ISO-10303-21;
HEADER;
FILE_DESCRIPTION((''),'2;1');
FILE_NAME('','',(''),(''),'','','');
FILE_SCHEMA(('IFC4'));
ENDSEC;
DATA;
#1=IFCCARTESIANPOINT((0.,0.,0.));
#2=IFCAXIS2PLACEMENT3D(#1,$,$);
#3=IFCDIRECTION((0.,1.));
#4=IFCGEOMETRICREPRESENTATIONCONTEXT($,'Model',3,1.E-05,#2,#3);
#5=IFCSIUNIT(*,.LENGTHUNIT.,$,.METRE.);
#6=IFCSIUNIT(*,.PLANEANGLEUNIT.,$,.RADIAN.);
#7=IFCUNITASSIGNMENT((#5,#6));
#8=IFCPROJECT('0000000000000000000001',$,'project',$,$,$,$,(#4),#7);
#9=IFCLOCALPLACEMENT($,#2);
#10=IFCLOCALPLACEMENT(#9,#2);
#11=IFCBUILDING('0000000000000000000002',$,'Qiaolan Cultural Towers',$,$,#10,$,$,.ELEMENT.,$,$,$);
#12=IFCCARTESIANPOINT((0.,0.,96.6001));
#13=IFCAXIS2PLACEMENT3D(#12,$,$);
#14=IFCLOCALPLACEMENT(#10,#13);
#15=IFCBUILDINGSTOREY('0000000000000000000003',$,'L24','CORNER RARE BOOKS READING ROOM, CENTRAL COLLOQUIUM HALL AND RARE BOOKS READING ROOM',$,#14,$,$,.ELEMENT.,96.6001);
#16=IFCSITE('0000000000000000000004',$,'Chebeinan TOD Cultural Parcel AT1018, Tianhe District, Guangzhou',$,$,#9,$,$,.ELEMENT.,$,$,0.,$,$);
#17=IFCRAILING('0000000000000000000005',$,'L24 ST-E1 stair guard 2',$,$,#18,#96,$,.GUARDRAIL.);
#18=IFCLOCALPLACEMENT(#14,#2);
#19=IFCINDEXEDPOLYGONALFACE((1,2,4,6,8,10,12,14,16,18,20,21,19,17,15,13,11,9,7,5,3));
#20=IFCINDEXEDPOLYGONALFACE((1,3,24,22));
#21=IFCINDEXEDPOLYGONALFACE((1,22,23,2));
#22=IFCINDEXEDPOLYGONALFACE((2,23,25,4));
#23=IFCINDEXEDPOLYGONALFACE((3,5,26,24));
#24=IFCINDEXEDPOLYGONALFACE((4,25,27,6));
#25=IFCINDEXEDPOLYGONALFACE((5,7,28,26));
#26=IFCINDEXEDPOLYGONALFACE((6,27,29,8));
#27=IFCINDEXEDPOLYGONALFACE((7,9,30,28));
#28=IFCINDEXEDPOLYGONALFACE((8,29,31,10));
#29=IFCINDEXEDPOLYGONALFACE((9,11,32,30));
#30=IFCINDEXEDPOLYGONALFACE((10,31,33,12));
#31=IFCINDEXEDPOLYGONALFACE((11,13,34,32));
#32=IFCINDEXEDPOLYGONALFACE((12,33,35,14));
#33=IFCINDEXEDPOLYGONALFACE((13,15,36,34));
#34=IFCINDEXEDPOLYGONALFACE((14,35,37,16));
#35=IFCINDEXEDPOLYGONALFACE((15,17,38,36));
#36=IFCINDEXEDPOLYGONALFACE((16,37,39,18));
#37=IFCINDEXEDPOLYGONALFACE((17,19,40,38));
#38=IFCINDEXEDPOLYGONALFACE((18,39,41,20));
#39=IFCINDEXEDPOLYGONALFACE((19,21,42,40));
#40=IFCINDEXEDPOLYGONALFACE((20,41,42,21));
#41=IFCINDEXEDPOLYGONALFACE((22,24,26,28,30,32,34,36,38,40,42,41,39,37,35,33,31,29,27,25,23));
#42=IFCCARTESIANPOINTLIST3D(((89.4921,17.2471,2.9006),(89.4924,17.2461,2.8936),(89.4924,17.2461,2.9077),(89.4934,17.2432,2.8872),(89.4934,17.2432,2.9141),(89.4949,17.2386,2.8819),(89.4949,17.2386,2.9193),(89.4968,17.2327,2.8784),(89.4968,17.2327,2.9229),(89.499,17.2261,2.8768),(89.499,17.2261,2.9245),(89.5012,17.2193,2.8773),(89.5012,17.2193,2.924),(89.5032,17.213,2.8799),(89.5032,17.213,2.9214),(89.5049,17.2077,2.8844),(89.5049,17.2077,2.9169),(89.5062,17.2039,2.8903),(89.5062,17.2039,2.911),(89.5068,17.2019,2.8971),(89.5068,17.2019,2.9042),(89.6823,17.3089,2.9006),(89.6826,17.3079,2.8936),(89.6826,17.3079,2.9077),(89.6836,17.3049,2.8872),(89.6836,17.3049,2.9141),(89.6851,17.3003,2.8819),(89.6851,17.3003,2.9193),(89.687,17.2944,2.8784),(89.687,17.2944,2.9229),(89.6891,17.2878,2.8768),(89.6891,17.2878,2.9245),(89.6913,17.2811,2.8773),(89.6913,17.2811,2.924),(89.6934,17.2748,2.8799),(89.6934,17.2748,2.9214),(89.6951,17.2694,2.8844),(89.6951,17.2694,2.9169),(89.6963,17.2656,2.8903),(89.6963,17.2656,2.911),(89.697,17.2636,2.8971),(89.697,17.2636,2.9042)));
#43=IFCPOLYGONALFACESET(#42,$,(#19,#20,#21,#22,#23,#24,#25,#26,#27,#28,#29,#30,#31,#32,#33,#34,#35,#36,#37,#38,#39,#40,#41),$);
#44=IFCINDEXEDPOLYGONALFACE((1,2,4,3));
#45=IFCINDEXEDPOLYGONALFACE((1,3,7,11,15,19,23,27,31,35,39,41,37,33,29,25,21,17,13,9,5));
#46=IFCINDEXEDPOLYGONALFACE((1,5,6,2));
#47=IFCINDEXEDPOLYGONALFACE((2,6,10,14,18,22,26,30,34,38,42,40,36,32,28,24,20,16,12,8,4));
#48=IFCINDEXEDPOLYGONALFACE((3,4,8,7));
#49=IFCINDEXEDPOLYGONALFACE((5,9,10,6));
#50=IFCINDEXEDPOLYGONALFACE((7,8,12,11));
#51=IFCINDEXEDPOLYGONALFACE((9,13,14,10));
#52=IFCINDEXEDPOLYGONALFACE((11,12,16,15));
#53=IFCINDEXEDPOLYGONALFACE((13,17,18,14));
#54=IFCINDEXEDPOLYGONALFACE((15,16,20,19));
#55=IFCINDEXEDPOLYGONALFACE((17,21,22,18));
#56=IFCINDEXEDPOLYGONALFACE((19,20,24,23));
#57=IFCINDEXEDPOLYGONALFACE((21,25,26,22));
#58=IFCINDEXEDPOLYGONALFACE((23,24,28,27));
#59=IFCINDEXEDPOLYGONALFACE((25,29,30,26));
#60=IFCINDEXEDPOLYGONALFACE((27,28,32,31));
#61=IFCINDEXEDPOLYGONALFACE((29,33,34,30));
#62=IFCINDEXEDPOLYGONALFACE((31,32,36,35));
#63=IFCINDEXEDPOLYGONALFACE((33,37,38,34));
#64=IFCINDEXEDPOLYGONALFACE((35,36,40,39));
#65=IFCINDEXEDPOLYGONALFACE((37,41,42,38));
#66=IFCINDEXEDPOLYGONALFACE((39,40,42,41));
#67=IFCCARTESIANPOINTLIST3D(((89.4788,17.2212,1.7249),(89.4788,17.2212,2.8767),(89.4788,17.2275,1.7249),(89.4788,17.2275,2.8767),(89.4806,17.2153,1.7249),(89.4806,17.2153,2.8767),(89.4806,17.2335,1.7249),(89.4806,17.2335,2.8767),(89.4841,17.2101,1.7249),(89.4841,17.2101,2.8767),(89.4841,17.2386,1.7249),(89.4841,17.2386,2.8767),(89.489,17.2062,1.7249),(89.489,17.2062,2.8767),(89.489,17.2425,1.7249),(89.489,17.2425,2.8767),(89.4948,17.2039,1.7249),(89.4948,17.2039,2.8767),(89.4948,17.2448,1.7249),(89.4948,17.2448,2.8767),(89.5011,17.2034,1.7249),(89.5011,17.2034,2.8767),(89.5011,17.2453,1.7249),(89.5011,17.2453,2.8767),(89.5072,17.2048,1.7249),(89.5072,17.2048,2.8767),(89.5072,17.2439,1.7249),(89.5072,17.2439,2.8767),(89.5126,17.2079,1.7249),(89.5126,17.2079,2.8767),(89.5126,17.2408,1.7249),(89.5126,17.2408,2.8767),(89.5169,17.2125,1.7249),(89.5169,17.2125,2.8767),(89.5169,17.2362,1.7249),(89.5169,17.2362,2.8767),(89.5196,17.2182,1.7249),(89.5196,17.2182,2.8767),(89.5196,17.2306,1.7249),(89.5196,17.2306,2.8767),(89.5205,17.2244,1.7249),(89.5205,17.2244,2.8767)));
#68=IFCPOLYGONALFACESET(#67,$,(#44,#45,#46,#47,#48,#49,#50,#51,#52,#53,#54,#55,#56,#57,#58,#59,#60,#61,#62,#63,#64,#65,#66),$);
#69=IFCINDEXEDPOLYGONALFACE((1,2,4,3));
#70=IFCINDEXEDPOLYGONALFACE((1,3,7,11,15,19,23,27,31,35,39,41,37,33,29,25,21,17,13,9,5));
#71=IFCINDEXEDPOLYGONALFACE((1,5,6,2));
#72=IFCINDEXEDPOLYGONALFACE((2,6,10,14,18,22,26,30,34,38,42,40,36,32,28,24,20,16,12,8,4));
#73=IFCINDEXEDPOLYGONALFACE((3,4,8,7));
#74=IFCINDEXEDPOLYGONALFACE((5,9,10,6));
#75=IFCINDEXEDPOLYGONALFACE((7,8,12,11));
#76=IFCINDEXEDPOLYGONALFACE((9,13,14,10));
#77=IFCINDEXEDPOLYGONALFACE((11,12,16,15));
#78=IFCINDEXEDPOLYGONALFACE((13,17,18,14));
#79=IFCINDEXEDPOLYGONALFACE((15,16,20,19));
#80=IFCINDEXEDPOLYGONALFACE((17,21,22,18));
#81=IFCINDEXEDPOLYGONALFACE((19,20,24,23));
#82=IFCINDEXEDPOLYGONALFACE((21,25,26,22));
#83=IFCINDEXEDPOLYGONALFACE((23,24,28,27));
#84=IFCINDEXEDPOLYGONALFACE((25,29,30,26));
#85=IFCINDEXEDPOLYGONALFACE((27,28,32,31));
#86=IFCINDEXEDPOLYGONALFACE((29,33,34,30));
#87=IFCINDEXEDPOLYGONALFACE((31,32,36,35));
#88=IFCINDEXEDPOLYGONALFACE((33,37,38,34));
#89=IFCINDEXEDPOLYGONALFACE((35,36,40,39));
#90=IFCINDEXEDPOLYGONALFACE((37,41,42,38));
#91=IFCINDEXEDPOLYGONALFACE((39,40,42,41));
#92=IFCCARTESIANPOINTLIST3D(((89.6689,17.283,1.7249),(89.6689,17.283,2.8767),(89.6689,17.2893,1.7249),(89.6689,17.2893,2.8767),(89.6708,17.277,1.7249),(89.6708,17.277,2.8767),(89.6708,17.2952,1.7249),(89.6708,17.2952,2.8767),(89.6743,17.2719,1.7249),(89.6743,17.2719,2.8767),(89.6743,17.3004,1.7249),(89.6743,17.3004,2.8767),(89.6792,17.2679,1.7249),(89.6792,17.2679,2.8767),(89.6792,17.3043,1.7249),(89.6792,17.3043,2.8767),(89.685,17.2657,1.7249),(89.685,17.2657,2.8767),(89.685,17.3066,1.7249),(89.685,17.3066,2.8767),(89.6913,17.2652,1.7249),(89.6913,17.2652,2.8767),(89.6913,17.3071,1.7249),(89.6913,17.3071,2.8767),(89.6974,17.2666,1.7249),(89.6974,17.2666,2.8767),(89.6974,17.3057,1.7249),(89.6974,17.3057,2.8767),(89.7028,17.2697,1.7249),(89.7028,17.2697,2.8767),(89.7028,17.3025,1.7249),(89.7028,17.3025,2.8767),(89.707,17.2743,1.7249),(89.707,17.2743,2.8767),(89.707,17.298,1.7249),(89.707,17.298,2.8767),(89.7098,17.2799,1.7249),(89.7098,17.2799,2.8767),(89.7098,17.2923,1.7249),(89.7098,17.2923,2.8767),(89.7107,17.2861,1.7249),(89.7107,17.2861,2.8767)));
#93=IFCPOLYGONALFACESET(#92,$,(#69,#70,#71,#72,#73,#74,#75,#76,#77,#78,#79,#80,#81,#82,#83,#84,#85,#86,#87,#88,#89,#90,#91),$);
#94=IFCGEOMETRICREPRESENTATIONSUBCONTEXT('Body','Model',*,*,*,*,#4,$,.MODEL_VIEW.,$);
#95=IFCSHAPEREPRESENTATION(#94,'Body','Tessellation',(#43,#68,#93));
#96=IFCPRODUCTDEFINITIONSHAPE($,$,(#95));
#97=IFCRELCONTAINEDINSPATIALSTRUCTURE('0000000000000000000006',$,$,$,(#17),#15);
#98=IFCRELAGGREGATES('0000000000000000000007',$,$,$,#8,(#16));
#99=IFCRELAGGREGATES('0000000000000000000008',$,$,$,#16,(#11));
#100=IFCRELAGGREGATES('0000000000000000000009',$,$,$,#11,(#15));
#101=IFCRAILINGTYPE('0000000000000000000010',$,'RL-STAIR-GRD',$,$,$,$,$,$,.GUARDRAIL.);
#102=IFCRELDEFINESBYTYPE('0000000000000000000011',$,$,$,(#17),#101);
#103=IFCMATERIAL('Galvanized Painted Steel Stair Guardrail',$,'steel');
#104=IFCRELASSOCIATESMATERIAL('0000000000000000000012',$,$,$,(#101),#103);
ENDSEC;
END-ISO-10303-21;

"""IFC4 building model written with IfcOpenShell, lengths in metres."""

from ifc_helpers import new_model, si_unit, direction, frame, origin, origin_2d, place, context, subcontext, project, spatial, circle, extrude, material, type_object, element, save


model = new_model("IFC4")

# Units and contexts
model_context = context("Model", 3, precision=1e-05, world=origin(), true_north=direction((0.0, 1.0)))
body_context = subcontext(model_context, "Body", "Model", "MODEL_VIEW")
ifc_project = project(units=[si_unit("LENGTHUNIT", "METRE"), si_unit("PLANEANGLEUNIT", "RADIAN")], contexts=[model_context])

# Site, building, storey
site_placement = place(None, origin())
site = spatial("IfcSite", under=ifc_project, at=site_placement, Name="Chebeinan TOD Cultural Parcel AT1018, Tianhe District, Guangzhou", CompositionType="ELEMENT", RefElevation=0.0)
building_placement = place(site_placement, origin())
building = spatial("IfcBuilding", under=site, at=building_placement, Name="Qiaolan Cultural Towers", CompositionType="ELEMENT")
storey_placement = place(building_placement, frame((0.0, 0.0, 96.6001)))
storey = spatial("IfcBuildingStorey", under=building, at=storey_placement, Name="L24", Description="CORNER RARE BOOKS READING ROOM, CENTRAL COLLOQUIUM HALL AND RARE BOOKS READING ROOM", CompositionType="ELEMENT", Elevation=96.6001)

# Railing
ifc_material_1 = material(Name="Galvanized Painted Steel Stair Guardrail", Category="steel")
railing_type_1 = type_object("IfcRailingType", Name="RL-STAIR-GRD", PredefinedType="GUARDRAIL", material=ifc_material_1)
railing_1_placement = place(storey_placement, frame((89.4995, 17.2244, 1.7249)))
element("IfcRailing", 1, at=railing_1_placement, inside=storey, type_object=railing_type_1, Name="L24 ST-E1 stair guard 2", PredefinedType="GUARDRAIL", context=body_context, shape_type="SweptSolid", body=[
    extrude(circle(Radius=0.0239, at=origin_2d()), frame((0.0, 0.0, 1.1758), z_axis=(0.951097, 0.308893, 0.0), x_axis=(-0.308893, 0.951097, 0.0)), (0.0, 0.0, 1.0), 0.2),
    extrude(circle(Radius=0.021, at=origin_2d()), origin(), (0.0, 0.0, 1.0), 1.1519),
    extrude(circle(Radius=0.021, at=origin_2d()), frame((0.1902, 0.0618, 0.0)), (0.0, 0.0, 1.0), 1.1519),
])

save(model, "model.ifc")
